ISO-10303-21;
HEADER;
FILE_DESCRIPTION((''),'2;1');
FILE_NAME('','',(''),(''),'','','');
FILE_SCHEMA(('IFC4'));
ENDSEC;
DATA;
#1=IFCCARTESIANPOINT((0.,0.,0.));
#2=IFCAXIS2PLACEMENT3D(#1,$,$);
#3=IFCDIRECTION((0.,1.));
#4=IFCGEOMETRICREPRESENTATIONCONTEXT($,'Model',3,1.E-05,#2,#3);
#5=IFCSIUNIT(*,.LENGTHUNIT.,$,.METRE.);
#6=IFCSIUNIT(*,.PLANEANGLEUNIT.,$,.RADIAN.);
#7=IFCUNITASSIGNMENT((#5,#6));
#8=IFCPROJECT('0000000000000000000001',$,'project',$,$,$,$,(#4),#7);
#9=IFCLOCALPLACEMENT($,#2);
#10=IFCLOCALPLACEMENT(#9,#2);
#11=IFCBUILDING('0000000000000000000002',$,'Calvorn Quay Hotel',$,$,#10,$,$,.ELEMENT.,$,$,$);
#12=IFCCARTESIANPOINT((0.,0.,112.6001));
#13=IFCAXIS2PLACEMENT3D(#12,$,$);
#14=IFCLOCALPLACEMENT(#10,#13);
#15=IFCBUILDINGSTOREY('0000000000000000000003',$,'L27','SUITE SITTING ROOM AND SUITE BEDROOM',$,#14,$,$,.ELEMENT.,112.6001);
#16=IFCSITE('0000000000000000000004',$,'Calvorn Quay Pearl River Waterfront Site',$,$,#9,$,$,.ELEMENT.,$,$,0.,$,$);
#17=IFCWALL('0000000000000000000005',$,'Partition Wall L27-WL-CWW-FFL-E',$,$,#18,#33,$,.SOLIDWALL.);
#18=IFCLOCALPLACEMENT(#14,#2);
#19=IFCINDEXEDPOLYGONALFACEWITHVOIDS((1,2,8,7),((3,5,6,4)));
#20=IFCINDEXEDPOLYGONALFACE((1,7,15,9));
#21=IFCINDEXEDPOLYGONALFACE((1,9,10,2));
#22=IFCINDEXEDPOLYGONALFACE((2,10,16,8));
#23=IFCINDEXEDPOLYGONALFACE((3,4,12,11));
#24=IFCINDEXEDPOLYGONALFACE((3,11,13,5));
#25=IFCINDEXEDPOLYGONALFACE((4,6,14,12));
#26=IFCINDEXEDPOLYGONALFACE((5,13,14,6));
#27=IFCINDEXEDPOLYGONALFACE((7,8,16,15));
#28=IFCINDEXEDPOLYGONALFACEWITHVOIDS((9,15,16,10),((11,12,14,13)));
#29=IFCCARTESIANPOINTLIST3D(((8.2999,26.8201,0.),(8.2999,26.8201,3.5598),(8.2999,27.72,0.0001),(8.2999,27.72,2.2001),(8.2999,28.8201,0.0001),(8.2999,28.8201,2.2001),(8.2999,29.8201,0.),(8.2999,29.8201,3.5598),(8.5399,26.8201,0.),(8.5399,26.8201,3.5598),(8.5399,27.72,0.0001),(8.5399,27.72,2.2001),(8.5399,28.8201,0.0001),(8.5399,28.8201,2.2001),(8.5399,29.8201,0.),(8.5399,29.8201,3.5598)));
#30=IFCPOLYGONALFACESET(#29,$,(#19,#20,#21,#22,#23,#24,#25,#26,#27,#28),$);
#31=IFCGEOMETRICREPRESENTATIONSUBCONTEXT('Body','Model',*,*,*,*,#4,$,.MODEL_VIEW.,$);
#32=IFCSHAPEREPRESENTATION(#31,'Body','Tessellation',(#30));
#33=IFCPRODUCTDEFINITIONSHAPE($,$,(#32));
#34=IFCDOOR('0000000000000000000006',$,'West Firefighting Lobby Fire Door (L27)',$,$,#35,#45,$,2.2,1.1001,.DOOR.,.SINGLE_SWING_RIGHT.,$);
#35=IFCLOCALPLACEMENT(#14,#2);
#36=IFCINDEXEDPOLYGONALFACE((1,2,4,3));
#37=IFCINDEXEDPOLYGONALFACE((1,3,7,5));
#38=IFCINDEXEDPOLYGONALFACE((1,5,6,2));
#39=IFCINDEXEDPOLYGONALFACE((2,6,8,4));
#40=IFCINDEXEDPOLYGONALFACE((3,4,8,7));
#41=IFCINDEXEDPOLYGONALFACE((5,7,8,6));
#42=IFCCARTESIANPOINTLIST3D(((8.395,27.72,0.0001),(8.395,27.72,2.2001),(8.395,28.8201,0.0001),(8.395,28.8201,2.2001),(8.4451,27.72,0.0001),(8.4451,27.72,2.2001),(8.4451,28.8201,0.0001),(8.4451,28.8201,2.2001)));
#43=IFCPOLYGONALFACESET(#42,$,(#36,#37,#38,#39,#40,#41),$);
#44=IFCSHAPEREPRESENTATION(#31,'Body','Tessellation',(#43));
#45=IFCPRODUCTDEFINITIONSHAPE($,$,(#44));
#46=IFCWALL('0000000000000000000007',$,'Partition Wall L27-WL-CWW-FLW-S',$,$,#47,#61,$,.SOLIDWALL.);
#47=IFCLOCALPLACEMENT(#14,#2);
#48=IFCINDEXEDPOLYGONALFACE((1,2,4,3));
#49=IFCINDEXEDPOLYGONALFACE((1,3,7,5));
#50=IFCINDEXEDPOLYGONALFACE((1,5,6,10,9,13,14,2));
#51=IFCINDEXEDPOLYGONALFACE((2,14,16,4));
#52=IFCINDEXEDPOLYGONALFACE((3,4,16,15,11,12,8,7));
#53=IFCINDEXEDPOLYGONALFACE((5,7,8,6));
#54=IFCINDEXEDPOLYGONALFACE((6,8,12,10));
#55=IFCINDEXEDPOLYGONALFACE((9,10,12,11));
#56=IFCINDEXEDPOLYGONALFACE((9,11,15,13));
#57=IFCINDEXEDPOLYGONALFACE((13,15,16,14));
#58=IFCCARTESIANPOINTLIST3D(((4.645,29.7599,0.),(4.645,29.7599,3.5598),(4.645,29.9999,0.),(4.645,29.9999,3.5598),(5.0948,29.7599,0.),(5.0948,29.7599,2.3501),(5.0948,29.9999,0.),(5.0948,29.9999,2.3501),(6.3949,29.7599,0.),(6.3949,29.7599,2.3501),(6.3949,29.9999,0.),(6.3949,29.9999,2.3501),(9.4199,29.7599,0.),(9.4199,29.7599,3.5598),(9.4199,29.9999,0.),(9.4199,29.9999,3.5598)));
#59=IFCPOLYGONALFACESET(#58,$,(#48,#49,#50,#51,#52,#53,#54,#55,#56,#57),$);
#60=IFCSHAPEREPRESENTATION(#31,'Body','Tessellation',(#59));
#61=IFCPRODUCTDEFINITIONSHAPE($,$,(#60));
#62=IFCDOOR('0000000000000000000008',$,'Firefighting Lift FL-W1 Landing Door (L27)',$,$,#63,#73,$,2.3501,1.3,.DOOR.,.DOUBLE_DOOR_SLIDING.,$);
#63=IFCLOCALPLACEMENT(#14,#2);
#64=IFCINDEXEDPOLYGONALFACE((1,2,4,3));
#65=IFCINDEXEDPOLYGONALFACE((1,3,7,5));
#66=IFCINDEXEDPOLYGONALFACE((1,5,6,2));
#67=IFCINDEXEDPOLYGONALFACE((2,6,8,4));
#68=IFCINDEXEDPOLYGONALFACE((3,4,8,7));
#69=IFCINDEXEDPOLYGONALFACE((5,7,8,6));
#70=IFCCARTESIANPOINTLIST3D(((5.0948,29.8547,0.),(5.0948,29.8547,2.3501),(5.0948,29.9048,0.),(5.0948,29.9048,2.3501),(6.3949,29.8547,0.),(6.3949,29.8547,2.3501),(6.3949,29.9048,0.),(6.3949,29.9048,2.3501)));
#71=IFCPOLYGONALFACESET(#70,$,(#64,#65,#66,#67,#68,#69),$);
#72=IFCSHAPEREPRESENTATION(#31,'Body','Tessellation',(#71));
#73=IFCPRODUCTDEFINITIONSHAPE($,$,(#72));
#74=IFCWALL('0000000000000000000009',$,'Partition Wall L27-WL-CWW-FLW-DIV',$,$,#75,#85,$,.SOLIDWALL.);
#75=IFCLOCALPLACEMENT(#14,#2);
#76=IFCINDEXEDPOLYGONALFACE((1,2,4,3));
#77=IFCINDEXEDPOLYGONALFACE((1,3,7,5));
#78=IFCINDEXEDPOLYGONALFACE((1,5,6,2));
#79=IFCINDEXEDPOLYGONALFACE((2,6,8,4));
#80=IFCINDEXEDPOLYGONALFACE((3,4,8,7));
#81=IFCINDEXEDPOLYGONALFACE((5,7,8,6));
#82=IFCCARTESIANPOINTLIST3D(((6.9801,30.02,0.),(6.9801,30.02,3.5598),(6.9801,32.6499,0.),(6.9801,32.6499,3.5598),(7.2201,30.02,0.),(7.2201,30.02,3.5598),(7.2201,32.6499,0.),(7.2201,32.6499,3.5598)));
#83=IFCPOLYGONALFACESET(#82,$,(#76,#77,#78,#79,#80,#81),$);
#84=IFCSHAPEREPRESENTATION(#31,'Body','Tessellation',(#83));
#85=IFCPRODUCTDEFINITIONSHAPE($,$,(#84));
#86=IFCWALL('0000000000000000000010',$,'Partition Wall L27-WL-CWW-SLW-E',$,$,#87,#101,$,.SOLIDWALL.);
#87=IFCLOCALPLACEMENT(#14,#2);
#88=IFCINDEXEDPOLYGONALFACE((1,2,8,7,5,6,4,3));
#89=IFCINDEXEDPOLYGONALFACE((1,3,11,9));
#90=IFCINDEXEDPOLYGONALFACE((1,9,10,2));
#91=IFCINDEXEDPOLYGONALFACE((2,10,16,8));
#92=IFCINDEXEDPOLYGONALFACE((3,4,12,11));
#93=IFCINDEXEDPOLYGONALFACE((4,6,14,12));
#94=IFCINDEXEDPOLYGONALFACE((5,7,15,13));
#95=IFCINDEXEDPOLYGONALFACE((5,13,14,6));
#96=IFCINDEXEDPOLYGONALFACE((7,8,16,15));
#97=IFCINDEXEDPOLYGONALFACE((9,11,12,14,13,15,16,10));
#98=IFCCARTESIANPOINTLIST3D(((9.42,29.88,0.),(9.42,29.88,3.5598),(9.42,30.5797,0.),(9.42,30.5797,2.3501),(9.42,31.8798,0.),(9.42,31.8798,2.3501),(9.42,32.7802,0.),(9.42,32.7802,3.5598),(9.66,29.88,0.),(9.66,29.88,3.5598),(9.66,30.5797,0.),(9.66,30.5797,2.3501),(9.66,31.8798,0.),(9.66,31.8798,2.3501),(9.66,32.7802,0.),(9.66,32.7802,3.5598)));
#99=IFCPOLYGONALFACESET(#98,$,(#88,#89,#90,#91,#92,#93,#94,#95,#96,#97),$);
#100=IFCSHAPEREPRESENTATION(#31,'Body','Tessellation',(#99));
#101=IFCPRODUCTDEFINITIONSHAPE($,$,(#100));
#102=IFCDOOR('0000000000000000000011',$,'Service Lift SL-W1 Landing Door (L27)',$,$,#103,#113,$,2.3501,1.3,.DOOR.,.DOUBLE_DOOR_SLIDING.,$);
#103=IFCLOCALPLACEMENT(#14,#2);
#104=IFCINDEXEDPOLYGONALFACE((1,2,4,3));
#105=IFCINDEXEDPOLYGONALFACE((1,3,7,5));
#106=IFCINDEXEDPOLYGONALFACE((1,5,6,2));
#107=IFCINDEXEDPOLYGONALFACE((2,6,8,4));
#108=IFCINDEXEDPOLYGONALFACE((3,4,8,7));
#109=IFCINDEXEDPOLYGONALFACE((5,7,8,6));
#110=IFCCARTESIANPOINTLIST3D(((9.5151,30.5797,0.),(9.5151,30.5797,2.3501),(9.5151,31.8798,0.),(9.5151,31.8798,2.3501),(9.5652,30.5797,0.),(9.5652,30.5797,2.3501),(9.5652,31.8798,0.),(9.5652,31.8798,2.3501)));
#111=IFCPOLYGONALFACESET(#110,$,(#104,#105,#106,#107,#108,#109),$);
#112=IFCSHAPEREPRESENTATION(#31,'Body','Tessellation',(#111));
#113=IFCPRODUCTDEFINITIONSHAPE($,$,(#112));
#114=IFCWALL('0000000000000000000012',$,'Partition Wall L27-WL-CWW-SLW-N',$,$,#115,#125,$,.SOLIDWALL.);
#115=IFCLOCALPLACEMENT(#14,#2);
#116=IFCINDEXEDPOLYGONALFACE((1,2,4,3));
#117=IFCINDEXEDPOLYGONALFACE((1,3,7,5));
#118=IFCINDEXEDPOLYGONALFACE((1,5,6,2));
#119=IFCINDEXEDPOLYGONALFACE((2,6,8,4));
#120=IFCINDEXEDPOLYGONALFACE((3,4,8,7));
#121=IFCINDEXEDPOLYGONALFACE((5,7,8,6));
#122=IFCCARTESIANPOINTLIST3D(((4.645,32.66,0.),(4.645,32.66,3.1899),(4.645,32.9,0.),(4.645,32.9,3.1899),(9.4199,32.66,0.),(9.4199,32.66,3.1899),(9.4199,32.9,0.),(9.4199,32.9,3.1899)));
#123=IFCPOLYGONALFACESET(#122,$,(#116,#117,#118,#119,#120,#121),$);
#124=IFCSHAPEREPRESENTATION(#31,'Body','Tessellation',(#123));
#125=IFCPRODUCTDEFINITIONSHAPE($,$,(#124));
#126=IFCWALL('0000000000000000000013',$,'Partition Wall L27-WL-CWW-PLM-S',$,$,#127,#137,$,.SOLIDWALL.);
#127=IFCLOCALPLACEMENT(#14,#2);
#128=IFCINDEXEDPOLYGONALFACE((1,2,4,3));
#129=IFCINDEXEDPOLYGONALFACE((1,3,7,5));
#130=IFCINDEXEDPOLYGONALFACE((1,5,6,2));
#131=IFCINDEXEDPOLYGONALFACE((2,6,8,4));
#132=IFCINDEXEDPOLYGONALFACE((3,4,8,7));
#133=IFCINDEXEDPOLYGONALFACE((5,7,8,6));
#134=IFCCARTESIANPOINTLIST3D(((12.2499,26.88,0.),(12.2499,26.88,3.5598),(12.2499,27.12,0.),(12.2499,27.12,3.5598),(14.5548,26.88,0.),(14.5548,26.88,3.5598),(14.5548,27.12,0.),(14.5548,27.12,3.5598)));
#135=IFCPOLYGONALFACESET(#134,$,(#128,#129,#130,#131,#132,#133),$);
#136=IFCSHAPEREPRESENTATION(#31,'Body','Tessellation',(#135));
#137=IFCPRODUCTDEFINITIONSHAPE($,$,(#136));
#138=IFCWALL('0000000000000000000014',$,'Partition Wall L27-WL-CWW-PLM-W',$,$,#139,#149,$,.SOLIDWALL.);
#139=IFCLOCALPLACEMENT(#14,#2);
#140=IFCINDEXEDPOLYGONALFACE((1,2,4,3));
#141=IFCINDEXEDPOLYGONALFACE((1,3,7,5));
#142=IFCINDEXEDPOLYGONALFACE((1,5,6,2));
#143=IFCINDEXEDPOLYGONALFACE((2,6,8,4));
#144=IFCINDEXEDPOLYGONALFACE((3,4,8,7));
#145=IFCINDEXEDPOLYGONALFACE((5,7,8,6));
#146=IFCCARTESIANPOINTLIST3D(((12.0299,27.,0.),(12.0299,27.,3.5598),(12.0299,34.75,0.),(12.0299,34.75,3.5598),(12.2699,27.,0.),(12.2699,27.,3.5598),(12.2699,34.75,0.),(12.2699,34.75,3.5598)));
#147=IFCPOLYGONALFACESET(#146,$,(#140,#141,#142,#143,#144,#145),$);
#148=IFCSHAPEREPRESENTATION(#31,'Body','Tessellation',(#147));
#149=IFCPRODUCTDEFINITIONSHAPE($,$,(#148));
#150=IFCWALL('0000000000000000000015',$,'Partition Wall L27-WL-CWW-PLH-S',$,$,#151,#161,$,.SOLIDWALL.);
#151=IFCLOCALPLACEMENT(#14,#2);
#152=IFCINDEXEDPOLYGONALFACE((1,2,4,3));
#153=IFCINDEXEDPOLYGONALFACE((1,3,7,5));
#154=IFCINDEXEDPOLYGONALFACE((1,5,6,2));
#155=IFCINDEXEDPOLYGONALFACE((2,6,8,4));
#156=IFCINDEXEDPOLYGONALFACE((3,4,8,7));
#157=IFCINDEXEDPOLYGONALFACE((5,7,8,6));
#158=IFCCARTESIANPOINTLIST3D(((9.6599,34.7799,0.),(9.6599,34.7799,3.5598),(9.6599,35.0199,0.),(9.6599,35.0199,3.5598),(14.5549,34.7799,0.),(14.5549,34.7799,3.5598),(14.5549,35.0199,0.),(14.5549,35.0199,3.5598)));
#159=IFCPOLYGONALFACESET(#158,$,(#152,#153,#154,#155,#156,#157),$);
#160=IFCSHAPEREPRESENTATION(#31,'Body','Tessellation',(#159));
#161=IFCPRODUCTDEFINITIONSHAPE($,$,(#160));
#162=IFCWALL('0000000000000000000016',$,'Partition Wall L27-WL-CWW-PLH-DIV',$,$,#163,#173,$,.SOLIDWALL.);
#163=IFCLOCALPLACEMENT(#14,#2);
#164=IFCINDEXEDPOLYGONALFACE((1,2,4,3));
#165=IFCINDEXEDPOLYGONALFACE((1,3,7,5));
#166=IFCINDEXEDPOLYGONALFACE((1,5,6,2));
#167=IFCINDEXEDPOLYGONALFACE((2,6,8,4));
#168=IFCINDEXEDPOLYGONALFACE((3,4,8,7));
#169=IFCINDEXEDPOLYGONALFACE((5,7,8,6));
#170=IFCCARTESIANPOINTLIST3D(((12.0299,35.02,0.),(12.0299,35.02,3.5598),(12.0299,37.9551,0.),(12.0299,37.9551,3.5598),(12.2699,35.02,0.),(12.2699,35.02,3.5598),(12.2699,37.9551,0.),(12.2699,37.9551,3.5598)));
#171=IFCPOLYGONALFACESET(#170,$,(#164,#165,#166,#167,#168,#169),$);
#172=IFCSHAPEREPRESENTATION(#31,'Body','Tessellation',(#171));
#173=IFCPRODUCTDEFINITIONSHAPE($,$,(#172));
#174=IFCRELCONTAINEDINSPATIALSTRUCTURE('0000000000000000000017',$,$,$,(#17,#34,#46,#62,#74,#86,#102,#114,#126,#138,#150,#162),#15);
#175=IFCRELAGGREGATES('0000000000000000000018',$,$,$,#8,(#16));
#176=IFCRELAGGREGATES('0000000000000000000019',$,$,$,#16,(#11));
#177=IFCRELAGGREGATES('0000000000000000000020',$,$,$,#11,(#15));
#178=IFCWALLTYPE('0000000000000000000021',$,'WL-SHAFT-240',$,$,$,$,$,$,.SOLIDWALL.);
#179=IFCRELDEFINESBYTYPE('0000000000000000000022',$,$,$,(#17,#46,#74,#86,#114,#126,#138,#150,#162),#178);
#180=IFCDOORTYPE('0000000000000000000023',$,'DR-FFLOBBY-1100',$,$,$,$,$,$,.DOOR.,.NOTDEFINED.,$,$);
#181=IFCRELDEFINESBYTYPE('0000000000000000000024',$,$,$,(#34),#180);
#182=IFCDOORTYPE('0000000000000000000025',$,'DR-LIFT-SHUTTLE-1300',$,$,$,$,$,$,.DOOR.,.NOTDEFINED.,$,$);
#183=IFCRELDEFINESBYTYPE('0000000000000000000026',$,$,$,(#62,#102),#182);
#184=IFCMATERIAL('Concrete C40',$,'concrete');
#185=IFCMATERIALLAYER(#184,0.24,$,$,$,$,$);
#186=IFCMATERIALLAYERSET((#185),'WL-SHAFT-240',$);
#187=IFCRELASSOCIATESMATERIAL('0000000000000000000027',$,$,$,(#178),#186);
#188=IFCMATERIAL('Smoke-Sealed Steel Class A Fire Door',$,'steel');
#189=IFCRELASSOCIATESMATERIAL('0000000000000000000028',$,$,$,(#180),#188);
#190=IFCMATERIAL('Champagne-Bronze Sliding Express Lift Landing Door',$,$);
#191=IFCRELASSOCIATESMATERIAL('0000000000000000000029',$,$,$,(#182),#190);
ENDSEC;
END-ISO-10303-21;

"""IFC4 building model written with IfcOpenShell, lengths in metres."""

from ifc_helpers import new_model, si_unit, direction, frame, frame_2d, origin, place, context, subcontext, project, spatial, rectangle, extrude, material, layer, layer_set, type_object, element, fill, save


model = new_model("IFC4")

# Units and contexts
model_context = context("Model", 3, precision=1e-05, world=origin(), true_north=direction((0.0, 1.0)))
body_context = subcontext(model_context, "Body", "Model", "MODEL_VIEW")
ifc_project = project(units=[si_unit("LENGTHUNIT", "METRE"), si_unit("PLANEANGLEUNIT", "RADIAN")], contexts=[model_context])

# Site, building, storey
site_placement = place(None, origin())
site = spatial("IfcSite", under=ifc_project, at=site_placement, Name="Calvorn Quay Pearl River Waterfront Site", CompositionType="ELEMENT", RefElevation=0.0)
building_placement = place(site_placement, origin())
building = spatial("IfcBuilding", under=site, at=building_placement, Name="Calvorn Quay Hotel", CompositionType="ELEMENT")
storey_placement = place(building_placement, frame((0.0, 0.0, 112.6001)))
storey = spatial("IfcBuildingStorey", under=building, at=storey_placement, Name="L27", Description="SUITE SITTING ROOM AND SUITE BEDROOM", CompositionType="ELEMENT", Elevation=112.6001)

# Shared definitions
ifc_material_1 = material(Name="Concrete C40", Category="concrete")
ifc_layer_1 = layer(ifc_material_1, 0.24)
ifc_layer_set_1 = layer_set([ifc_layer_1], Name="WL-SHAFT-240")
wall_type_1 = type_object("IfcWallType", Name="WL-SHAFT-240", PredefinedType="SOLIDWALL", material=ifc_layer_set_1)

# Walls, openings, doors
wall_1_placement = place(storey_placement, frame((8.4199, 26.8201, 0.0), z_axis=(0.0, 0.0, 1.0), x_axis=(0.0, 1.0, 0.0)))
wall_1 = element("IfcWall", 1, at=wall_1_placement, inside=storey, type_object=wall_type_1, Name="Partition Wall L27-WL-CWW-FFL-E", PredefinedType="SOLIDWALL", context=body_context, shape_type="SweptSolid", body=[
    extrude(rectangle(XDim=3.0, YDim=0.24, at=frame_2d((1.5, 0.0))), origin(), (0.0, 0.0, 1.0), 3.5598),
])
opening_1_placement = place(wall_1_placement, frame((0.8999, 0.0, 0.0)))
opening_1 = element("IfcOpeningElement", 2, at=opening_1_placement, cuts=wall_1, PredefinedType="OPENING", context=body_context, shape_type="SweptSolid", body=[
    extrude(rectangle(XDim=1.1001, YDim=2.2, at=frame_2d((0.55, 1.1001))), frame((0.0, 0.1299, 0.0), z_axis=(0.0, -1.0, 0.0), x_axis=(1.0, 0.0, 0.0)), (0.0, 0.0, 1.0), 0.26),
])
ifc_material_2 = material(Name="Smoke-Sealed Steel Class A Fire Door", Category="steel")
door_type_1 = type_object("IfcDoorType", Name="DR-FFLOBBY-1100", OperationType="NOTDEFINED", PredefinedType="DOOR", material=ifc_material_2)
door_1_placement = place(opening_1_placement, origin())
door_1 = element("IfcDoor", 3, at=door_1_placement, inside=storey, type_object=door_type_1, Name="West Firefighting Lobby Fire Door (L27)", OperationType="SINGLE_SWING_RIGHT", OverallHeight=2.2, OverallWidth=1.1001, PredefinedType="DOOR", context=body_context, shape_type="SweptSolid", body=[
    extrude(rectangle(XDim=1.1001, YDim=2.2, at=frame_2d((0.55, 1.1001))), frame((0.0, 0.0249, 0.0), z_axis=(0.0, -1.0, 0.0), x_axis=(1.0, 0.0, 0.0)), (0.0, 0.0, 1.0), 0.05),
])
fill(opening_1, door_1)
wall_2_placement = place(storey_placement, frame((4.645, 29.8799, 0.0), z_axis=(0.0, 0.0, 1.0), x_axis=(1.0, 0.0, 0.0)))
wall_2 = element("IfcWall", 4, at=wall_2_placement, inside=storey, type_object=wall_type_1, Name="Partition Wall L27-WL-CWW-FLW-S", PredefinedType="SOLIDWALL", context=body_context, shape_type="SweptSolid", body=[
    extrude(rectangle(XDim=4.7749, YDim=0.24, at=frame_2d((2.3875, 0.0))), origin(), (0.0, 0.0, 1.0), 3.5598),
])
opening_2_placement = place(wall_2_placement, frame((0.45, 0.0, 0.0)))
opening_2 = element("IfcOpeningElement", 5, at=opening_2_placement, cuts=wall_2, PredefinedType="OPENING", context=body_context, shape_type="SweptSolid", body=[
    extrude(rectangle(XDim=1.3, YDim=2.3501, at=frame_2d((0.6499, 1.175))), frame((0.0, 0.1299, 0.0), z_axis=(0.0, -1.0, 0.0), x_axis=(1.0, 0.0, 0.0)), (0.0, 0.0, 1.0), 0.26),
])
ifc_material_3 = material(Name="Champagne-Bronze Sliding Express Lift Landing Door")
door_type_2 = type_object("IfcDoorType", Name="DR-LIFT-SHUTTLE-1300", OperationType="NOTDEFINED", PredefinedType="DOOR", material=ifc_material_3)
door_2_placement = place(opening_2_placement, origin())
door_2 = element("IfcDoor", 6, at=door_2_placement, inside=storey, type_object=door_type_2, Name="Firefighting Lift FL-W1 Landing Door (L27)", OperationType="DOUBLE_DOOR_SLIDING", OverallHeight=2.3501, OverallWidth=1.3, PredefinedType="DOOR", context=body_context, shape_type="SweptSolid", body=[
    extrude(rectangle(XDim=1.3, YDim=2.3501, at=frame_2d((0.6499, 1.175))), frame((0.0, 0.0249, 0.0), z_axis=(0.0, -1.0, 0.0), x_axis=(1.0, 0.0, 0.0)), (0.0, 0.0, 1.0), 0.05),
])
fill(opening_2, door_2)

# Wall
wall_3_placement = place(storey_placement, frame((7.1001, 30.02, 0.0), z_axis=(0.0, 0.0, 1.0), x_axis=(0.0, 1.0, 0.0)))
element("IfcWall", 7, at=wall_3_placement, inside=storey, type_object=wall_type_1, Name="Partition Wall L27-WL-CWW-FLW-DIV", PredefinedType="SOLIDWALL", context=body_context, shape_type="SweptSolid", body=[
    extrude(rectangle(XDim=2.6299, YDim=0.24, at=frame_2d((1.3149, 0.0))), origin(), (0.0, 0.0, 1.0), 3.5598),
])

# Wall, opening, door
wall_4_placement = place(storey_placement, frame((9.54, 29.8799, 0.0), z_axis=(0.0, 0.0, 1.0), x_axis=(0.0, 1.0, 0.0)))
wall_4 = element("IfcWall", 8, at=wall_4_placement, inside=storey, type_object=wall_type_1, Name="Partition Wall L27-WL-CWW-SLW-E", PredefinedType="SOLIDWALL", context=body_context, shape_type="SweptSolid", body=[
    extrude(rectangle(XDim=2.9001, YDim=0.24, at=frame_2d((1.4502, 0.0))), origin(), (0.0, 0.0, 1.0), 3.5598),
])
opening_3_placement = place(wall_4_placement, frame((0.7, 0.0, 0.0)))
opening_3 = element("IfcOpeningElement", 9, at=opening_3_placement, cuts=wall_4, PredefinedType="OPENING", context=body_context, shape_type="SweptSolid", body=[
    extrude(rectangle(XDim=1.3, YDim=2.3501, at=frame_2d((0.6499, 1.175))), frame((0.0, 0.1299, 0.0), z_axis=(0.0, -1.0, 0.0), x_axis=(1.0, 0.0, 0.0)), (0.0, 0.0, 1.0), 0.26),
])
door_3_placement = place(opening_3_placement, origin())
door_3 = element("IfcDoor", 10, at=door_3_placement, inside=storey, type_object=door_type_2, Name="Service Lift SL-W1 Landing Door (L27)", OperationType="DOUBLE_DOOR_SLIDING", OverallHeight=2.3501, OverallWidth=1.3, PredefinedType="DOOR", context=body_context, shape_type="SweptSolid", body=[
    extrude(rectangle(XDim=1.3, YDim=2.3501, at=frame_2d((0.6499, 1.175))), frame((0.0, 0.0249, 0.0), z_axis=(0.0, -1.0, 0.0), x_axis=(1.0, 0.0, 0.0)), (0.0, 0.0, 1.0), 0.05),
])
fill(opening_3, door_3)

# Walls
wall_5_placement = place(storey_placement, frame((4.645, 32.78, 0.0), z_axis=(0.0, 0.0, 1.0), x_axis=(1.0, 0.0, 0.0)))
element("IfcWall", 11, at=wall_5_placement, inside=storey, type_object=wall_type_1, Name="Partition Wall L27-WL-CWW-SLW-N", PredefinedType="SOLIDWALL", context=body_context, shape_type="SweptSolid", body=[
    extrude(rectangle(XDim=4.7749, YDim=0.24, at=frame_2d((2.3875, 0.0))), origin(), (0.0, 0.0, 1.0), 3.1899),
])
wall_6_placement = place(storey_placement, frame((12.25, 27.0, 0.0), z_axis=(0.0, 0.0, 1.0), x_axis=(1.0, 0.0, 0.0)))
element("IfcWall", 12, at=wall_6_placement, inside=storey, type_object=wall_type_1, Name="Partition Wall L27-WL-CWW-PLM-S", PredefinedType="SOLIDWALL", context=body_context, shape_type="SweptSolid", body=[
    extrude(rectangle(XDim=2.3049, YDim=0.24, at=frame_2d((1.1523, 0.0))), origin(), (0.0, 0.0, 1.0), 3.5598),
])
wall_7_placement = place(storey_placement, frame((12.1499, 27.0, 0.0), z_axis=(0.0, 0.0, 1.0), x_axis=(0.0, 1.0, 0.0)))
element("IfcWall", 13, at=wall_7_placement, inside=storey, type_object=wall_type_1, Name="Partition Wall L27-WL-CWW-PLM-W", PredefinedType="SOLIDWALL", context=body_context, shape_type="SweptSolid", body=[
    extrude(rectangle(XDim=7.75, YDim=0.24, at=frame_2d((3.875, 0.0))), origin(), (0.0, 0.0, 1.0), 3.5598),
])
wall_8_placement = place(storey_placement, frame((9.6599, 34.8999, 0.0), z_axis=(0.0, 0.0, 1.0), x_axis=(1.0, 0.0, 0.0)))
element("IfcWall", 14, at=wall_8_placement, inside=storey, type_object=wall_type_1, Name="Partition Wall L27-WL-CWW-PLH-S", PredefinedType="SOLIDWALL", context=body_context, shape_type="SweptSolid", body=[
    extrude(rectangle(XDim=4.895, YDim=0.24, at=frame_2d((2.4475, 0.0))), origin(), (0.0, 0.0, 1.0), 3.5598),
])
wall_9_placement = place(storey_placement, frame((12.1499, 35.02, 0.0), z_axis=(0.0, 0.0, 1.0), x_axis=(0.0, 1.0, 0.0)))
element("IfcWall", 15, at=wall_9_placement, inside=storey, type_object=wall_type_1, Name="Partition Wall L27-WL-CWW-PLH-DIV", PredefinedType="SOLIDWALL", context=body_context, shape_type="SweptSolid", body=[
    extrude(rectangle(XDim=2.9351, YDim=0.24, at=frame_2d((1.4675, 0.0))), origin(), (0.0, 0.0, 1.0), 3.5598),
])

save(model, "model.ifc")
